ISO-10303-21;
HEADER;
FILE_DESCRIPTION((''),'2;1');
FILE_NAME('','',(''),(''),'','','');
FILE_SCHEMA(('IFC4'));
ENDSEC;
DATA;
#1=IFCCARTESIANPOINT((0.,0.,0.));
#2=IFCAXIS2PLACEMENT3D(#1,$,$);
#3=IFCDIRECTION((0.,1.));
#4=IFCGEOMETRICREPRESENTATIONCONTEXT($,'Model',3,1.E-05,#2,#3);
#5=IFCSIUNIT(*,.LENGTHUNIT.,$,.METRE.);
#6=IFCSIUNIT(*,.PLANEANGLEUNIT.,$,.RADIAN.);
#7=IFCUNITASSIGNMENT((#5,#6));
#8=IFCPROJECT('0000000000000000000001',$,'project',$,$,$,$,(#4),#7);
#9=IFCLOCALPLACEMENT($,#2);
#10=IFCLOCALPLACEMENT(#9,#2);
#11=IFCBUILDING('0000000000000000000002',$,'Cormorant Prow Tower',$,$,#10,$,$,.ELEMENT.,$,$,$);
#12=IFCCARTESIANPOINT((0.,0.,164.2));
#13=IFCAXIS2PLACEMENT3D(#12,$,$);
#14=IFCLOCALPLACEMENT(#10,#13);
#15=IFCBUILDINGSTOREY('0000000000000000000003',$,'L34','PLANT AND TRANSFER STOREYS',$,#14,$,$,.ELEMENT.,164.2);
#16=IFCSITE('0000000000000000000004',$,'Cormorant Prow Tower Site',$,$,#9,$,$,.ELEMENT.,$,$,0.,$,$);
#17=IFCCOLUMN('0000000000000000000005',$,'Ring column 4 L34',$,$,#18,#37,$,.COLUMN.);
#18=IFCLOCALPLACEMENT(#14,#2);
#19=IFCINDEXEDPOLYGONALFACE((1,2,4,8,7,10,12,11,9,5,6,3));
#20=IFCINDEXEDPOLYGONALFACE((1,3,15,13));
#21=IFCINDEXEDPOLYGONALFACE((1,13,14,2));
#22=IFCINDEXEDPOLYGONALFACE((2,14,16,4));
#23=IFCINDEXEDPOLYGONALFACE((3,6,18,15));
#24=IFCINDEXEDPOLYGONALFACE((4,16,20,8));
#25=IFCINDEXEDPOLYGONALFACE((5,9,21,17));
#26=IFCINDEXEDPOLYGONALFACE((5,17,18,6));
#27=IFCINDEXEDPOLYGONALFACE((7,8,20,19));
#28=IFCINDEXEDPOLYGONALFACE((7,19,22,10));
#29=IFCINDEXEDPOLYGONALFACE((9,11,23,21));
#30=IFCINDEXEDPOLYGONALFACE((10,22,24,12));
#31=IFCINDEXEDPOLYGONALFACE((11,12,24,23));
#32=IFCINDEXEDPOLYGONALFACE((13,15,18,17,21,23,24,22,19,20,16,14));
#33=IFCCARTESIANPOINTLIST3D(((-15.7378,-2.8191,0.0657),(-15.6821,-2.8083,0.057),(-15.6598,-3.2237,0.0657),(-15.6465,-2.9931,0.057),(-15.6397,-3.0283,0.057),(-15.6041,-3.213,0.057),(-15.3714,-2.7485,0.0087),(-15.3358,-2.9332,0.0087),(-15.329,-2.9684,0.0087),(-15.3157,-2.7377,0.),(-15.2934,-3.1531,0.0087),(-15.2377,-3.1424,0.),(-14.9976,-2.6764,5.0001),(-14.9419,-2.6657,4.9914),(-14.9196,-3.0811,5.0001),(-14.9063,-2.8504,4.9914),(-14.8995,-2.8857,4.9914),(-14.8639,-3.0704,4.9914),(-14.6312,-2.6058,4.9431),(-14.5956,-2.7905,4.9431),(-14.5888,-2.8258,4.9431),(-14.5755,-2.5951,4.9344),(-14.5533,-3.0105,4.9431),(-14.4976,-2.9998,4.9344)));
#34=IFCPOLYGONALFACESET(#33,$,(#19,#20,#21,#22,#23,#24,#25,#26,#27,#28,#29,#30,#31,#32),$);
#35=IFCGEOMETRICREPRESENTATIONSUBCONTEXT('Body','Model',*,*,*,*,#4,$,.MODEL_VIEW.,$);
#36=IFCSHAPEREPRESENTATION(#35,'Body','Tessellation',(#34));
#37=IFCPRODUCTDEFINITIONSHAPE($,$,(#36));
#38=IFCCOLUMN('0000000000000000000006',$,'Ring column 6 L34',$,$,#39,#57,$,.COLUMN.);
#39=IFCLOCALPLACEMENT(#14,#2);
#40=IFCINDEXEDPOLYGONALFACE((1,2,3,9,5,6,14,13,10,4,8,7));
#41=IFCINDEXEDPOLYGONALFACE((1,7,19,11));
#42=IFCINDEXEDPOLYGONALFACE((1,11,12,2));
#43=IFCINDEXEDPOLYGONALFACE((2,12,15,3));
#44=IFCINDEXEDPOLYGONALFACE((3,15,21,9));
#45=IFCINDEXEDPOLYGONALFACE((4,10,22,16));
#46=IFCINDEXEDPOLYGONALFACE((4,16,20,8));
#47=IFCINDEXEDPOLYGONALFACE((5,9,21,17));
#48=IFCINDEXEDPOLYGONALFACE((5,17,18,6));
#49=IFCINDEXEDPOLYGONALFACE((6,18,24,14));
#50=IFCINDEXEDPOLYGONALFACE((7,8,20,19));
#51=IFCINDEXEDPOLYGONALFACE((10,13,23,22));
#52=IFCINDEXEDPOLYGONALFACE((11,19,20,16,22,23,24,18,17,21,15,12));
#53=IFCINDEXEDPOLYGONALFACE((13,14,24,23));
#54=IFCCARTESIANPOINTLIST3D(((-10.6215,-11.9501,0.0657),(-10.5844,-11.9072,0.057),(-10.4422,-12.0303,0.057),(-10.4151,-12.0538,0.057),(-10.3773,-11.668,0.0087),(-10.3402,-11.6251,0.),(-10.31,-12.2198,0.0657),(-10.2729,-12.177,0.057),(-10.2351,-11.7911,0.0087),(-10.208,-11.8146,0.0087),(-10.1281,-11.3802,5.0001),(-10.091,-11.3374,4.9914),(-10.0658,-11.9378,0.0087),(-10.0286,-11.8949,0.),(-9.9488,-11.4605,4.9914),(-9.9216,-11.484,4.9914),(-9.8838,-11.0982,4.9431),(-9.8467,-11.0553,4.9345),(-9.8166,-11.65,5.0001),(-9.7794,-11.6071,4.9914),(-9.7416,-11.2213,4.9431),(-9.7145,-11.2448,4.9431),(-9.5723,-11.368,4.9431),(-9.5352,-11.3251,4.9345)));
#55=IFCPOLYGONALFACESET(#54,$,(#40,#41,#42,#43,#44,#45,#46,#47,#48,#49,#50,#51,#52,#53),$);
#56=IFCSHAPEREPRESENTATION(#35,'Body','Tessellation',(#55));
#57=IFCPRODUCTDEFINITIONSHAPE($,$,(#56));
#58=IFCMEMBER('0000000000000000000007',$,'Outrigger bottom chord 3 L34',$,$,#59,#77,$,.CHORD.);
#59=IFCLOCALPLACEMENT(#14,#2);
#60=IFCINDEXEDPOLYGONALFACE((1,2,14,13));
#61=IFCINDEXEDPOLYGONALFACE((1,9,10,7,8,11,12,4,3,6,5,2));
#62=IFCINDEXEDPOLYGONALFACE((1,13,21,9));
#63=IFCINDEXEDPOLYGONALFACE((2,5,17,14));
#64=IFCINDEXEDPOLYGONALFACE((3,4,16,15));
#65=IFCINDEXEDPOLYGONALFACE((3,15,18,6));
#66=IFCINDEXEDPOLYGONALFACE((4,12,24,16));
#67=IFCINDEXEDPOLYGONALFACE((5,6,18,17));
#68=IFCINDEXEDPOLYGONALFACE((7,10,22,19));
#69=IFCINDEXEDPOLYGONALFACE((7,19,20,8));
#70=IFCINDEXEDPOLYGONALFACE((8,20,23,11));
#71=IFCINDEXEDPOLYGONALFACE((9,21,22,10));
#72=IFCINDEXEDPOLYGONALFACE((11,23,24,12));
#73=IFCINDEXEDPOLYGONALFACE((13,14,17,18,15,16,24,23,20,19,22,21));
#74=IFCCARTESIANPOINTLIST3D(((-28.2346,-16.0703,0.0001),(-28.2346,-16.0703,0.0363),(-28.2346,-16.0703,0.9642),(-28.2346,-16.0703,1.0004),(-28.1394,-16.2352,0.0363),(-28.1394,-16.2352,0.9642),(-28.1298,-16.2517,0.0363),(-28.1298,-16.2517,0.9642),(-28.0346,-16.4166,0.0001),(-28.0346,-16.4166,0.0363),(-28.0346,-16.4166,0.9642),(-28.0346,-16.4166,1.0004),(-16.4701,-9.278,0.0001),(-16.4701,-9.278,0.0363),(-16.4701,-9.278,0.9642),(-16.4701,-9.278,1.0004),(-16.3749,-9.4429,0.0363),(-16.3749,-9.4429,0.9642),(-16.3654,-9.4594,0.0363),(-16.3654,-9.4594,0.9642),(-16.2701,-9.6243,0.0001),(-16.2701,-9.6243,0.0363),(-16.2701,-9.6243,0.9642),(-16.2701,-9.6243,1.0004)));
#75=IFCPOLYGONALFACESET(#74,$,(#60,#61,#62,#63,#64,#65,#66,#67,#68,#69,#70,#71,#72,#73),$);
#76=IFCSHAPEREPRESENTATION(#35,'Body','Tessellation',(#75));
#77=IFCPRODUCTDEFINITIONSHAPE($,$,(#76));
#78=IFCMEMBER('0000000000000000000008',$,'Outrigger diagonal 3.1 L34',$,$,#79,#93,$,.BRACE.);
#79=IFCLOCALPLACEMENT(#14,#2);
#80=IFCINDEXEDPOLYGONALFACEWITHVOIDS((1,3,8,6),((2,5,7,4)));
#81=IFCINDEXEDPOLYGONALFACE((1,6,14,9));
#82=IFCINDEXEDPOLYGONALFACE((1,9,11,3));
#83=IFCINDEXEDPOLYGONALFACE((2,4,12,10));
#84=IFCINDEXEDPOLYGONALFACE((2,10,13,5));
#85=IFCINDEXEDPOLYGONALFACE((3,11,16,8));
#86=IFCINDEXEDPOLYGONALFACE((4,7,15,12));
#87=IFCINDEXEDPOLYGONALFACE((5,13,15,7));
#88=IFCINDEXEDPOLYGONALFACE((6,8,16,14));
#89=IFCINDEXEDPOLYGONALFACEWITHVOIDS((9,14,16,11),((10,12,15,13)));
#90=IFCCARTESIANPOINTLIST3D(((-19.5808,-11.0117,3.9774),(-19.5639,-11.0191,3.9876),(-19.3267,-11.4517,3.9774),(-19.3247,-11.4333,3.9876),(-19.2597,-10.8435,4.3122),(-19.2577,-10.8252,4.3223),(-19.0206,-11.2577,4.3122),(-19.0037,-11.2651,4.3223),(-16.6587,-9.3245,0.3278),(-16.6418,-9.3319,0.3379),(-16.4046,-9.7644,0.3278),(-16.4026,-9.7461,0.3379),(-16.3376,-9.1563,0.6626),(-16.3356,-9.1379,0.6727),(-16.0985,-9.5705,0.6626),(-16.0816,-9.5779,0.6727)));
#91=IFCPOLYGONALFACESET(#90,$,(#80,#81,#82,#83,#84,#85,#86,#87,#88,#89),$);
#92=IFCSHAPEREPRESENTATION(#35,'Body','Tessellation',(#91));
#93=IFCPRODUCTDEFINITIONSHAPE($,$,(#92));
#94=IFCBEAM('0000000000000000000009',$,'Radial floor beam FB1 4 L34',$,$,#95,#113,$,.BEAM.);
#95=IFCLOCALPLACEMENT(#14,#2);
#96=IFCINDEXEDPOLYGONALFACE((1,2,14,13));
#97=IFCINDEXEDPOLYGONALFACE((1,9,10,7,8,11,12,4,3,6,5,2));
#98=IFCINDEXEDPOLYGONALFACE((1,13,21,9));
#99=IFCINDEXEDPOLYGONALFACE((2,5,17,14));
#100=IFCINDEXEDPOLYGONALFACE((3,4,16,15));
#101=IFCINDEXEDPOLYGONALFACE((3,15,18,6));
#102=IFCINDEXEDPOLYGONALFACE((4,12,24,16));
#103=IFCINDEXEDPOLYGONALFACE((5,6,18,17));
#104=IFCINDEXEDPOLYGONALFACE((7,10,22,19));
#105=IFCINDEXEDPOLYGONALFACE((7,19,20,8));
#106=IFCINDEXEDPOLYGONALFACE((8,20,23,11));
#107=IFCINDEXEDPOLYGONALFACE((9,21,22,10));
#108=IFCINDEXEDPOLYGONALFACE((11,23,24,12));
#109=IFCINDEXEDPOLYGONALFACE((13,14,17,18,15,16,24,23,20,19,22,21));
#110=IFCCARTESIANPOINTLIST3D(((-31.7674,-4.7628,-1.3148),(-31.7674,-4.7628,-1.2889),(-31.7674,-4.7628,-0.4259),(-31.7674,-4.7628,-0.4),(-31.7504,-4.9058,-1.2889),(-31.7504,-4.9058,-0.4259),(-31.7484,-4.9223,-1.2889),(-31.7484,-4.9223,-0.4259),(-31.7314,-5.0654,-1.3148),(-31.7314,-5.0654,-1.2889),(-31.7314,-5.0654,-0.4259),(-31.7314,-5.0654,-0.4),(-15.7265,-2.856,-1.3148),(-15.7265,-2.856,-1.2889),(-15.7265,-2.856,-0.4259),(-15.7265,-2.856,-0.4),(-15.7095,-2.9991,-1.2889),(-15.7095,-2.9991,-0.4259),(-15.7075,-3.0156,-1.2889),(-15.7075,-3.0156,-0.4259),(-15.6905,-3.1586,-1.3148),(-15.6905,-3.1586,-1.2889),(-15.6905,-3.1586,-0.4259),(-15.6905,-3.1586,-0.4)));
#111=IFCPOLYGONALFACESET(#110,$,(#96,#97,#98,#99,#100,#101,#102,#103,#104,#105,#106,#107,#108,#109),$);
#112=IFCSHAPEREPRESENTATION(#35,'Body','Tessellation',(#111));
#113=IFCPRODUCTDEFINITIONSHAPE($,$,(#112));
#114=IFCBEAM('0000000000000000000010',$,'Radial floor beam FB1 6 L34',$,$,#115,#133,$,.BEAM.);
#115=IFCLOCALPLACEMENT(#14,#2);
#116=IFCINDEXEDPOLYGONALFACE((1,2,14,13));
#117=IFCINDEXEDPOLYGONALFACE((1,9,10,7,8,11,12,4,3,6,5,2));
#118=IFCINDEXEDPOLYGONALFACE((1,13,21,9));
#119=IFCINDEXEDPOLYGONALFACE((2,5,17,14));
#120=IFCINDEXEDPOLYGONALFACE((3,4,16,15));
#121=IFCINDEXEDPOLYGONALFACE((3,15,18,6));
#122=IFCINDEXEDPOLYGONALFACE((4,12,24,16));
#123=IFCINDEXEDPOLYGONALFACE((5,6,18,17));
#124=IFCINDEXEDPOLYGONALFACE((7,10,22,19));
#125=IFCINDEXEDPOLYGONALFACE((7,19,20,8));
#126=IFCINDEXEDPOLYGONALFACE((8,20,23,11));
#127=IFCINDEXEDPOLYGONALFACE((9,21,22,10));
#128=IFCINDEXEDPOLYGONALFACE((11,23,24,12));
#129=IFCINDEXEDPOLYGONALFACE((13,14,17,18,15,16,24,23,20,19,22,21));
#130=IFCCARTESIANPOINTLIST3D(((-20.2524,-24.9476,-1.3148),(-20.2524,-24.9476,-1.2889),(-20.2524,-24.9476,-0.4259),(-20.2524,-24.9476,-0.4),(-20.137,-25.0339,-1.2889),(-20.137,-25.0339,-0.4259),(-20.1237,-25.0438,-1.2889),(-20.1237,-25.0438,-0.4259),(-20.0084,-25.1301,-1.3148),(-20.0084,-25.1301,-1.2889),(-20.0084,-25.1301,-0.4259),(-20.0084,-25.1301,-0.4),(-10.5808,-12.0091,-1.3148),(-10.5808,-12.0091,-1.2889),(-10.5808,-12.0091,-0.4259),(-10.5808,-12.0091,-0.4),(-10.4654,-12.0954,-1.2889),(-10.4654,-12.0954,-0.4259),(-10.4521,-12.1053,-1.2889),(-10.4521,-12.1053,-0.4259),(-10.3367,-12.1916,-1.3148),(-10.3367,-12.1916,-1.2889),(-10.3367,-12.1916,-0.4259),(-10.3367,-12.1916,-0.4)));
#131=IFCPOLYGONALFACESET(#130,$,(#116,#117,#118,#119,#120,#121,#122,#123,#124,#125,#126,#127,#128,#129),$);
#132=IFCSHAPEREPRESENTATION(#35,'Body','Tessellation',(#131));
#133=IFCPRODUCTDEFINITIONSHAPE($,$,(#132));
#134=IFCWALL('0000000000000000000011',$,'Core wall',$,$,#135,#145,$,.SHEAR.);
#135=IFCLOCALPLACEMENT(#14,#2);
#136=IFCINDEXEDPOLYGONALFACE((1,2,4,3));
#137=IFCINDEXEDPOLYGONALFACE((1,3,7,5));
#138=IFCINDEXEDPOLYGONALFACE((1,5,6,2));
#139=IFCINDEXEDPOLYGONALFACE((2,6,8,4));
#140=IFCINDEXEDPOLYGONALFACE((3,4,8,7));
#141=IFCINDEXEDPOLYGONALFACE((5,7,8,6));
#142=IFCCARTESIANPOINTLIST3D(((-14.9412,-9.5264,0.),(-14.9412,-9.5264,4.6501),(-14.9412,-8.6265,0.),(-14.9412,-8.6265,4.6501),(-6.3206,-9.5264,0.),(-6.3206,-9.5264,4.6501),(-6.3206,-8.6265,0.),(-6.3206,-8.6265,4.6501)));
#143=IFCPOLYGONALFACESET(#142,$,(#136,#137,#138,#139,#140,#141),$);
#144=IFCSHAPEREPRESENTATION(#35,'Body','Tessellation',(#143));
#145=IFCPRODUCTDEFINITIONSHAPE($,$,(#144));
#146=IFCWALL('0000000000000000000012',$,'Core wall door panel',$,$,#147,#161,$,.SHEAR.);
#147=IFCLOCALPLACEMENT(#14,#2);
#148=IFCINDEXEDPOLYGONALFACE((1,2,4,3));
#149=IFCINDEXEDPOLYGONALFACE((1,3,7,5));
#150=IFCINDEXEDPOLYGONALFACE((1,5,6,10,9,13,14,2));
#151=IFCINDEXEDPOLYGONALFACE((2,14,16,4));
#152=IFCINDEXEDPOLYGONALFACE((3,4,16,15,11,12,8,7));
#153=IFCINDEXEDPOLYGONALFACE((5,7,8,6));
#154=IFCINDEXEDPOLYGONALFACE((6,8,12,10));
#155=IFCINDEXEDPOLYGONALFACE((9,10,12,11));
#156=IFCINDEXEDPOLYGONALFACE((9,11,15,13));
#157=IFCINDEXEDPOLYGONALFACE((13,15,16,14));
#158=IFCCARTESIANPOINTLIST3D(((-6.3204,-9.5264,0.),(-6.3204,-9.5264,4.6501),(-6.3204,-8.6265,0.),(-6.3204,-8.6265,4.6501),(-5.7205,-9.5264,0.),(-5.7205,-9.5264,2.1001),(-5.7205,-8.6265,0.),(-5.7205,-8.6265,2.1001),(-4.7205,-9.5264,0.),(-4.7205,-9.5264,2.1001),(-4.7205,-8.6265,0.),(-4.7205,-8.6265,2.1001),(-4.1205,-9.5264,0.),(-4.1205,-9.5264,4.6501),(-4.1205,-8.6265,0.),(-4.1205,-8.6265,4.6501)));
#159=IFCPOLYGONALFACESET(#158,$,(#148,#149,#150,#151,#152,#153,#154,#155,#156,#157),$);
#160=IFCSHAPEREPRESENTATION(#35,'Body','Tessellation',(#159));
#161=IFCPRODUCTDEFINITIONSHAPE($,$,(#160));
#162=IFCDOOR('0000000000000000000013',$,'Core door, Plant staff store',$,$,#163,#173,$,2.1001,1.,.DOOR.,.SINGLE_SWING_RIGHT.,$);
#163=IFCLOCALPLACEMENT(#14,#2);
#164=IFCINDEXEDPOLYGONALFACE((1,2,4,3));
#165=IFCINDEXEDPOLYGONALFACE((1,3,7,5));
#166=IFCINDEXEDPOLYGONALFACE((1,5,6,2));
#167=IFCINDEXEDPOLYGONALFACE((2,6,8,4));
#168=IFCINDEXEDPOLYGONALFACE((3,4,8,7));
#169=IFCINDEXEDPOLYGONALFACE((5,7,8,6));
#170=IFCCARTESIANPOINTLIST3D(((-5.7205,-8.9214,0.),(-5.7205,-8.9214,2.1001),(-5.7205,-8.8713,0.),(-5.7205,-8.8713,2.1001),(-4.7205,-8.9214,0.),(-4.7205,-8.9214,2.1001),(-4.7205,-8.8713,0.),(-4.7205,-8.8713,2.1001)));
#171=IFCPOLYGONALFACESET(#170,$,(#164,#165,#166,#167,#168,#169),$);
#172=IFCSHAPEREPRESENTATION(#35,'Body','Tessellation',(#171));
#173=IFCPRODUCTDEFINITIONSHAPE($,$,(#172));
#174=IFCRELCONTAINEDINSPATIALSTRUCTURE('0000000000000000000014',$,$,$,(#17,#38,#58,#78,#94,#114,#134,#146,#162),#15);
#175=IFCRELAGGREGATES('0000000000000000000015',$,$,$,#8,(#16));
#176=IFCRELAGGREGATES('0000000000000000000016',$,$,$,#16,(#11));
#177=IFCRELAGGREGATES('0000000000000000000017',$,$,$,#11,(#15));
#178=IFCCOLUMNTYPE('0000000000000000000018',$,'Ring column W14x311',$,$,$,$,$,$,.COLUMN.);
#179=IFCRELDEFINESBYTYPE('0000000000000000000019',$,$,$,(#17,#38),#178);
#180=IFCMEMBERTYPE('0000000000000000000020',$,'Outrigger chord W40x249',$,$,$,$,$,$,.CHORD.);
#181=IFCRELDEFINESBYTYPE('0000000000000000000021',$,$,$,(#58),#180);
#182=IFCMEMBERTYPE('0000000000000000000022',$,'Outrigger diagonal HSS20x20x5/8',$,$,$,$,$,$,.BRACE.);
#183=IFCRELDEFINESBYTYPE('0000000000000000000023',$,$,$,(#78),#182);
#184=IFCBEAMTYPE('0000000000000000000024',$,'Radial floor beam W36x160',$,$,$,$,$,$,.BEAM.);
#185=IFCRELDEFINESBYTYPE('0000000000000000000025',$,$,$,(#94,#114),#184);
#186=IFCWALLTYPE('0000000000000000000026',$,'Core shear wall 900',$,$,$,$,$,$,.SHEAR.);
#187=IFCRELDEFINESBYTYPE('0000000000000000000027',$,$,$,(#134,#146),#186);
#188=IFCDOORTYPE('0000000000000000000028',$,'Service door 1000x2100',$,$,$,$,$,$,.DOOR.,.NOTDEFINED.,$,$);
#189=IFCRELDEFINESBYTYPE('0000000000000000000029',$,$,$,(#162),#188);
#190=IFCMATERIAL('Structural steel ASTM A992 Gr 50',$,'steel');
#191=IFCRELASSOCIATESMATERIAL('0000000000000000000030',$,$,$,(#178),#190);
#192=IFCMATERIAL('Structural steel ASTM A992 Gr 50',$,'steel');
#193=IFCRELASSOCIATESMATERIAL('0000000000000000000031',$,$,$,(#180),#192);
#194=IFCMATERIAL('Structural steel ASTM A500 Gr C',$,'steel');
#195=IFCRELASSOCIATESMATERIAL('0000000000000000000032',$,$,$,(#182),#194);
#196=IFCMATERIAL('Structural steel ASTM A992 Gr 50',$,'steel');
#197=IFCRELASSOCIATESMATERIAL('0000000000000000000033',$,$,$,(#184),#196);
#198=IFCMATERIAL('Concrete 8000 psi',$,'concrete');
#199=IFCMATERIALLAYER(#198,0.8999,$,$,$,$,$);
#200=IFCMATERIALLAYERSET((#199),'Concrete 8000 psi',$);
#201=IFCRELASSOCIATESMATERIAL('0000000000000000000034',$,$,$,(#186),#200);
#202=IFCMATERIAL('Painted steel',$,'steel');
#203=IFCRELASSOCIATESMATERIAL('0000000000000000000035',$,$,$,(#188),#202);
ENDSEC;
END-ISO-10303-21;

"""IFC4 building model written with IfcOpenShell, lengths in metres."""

from ifc_helpers import new_model, si_unit, direction, frame, frame_2d, origin, origin_2d, place, context, subcontext, project, spatial, rectangle, hollow_rectangle, i_section, extrude, material, layer, layer_set, material_profile, profile_set, type_object, element, fill, save


model = new_model("IFC4")

# Units and contexts
model_context = context("Model", 3, precision=1e-05, world=origin(), true_north=direction((0.0, 1.0)))
body_context = subcontext(model_context, "Body", "Model", "MODEL_VIEW")
ifc_project = project(units=[si_unit("LENGTHUNIT", "METRE"), si_unit("PLANEANGLEUNIT", "RADIAN")], contexts=[model_context])

# Site, building, storey
site_placement = place(None, origin())
site = spatial("IfcSite", under=ifc_project, at=site_placement, Name="Cormorant Prow Tower Site", CompositionType="ELEMENT", RefElevation=0.0)
building_placement = place(site_placement, origin())
building = spatial("IfcBuilding", under=site, at=building_placement, Name="Cormorant Prow Tower", CompositionType="ELEMENT")
storey_placement = place(building_placement, frame((0.0, 0.0, 164.2)))
storey = spatial("IfcBuildingStorey", under=building, at=storey_placement, Name="L34", Description="PLANT AND TRANSFER STOREYS", CompositionType="ELEMENT", Elevation=164.2)

# Columns
ifc_material_1 = material(Name="Structural steel ASTM A992 Gr 50", Category="steel")
ifc_material_profile_1 = material_profile(ifc_material_1, i_section(OverallWidth=0.4121, OverallDepth=0.4348, WebThickness=0.0359, FlangeThickness=0.0574, at=origin_2d()), Name="W14x311")
ifc_profile_set_1 = profile_set([ifc_material_profile_1], Name="Structural steel ASTM A992 Gr 50")
column_type = type_object("IfcColumnType", Name="Ring column W14x311", PredefinedType="COLUMN", material=ifc_profile_set_1)
for number, where, z_axis, x_axis, name in (
    (1, (-15.4927, -2.9817, 0.0), (0.14828, 0.028575, 0.988533), (-0.189227, 0.981933, 0.0), "Ring column 4 L34"),
    (2, (-10.3284, -11.9263, 0.0), (0.098853, 0.114154, 0.988533), (-0.755953, 0.654626, 0.0), "Ring column 6 L34"),
):
    element("IfcColumn", number, at=place(storey_placement, frame(where, z_axis=z_axis, x_axis=x_axis)), inside=storey, type_object=column_type, Name=name, PredefinedType="COLUMN", context=body_context, shape_type="SweptSolid", body=[
        extrude(i_section(OverallWidth=0.4121, OverallDepth=0.4348, WebThickness=0.0359, FlangeThickness=0.0574, at=origin_2d()), frame((0.0, 0.0, 0.0332)), (0.0, 0.0, 1.0), 4.9917),
    ])

# Members
ifc_material_2 = material(Name="Structural steel ASTM A992 Gr 50", Category="steel")
ifc_material_profile_2 = material_profile(ifc_material_2, i_section(OverallWidth=0.3999, OverallDepth=1.0002, WebThickness=0.019, FlangeThickness=0.0361, at=origin_2d()), Name="W40x249")
ifc_profile_set_2 = profile_set([ifc_material_profile_2], Name="Structural steel ASTM A992 Gr 50")
member_type_1 = type_object("IfcMemberType", Name="Outrigger chord W40x249", PredefinedType="CHORD", material=ifc_profile_set_2)
member_1_placement = place(storey_placement, frame((-16.3701, -9.4512, 0.5002), z_axis=(-0.866024, -0.500003, 0.0), x_axis=(0.500003, -0.866024, 0.0)))
element("IfcMember", 3, at=member_1_placement, inside=storey, type_object=member_type_1, Name="Outrigger bottom chord 3 L34", PredefinedType="CHORD", context=body_context, shape_type="SweptSolid", body=[
    extrude(i_section(OverallWidth=0.3999, OverallDepth=1.0002, WebThickness=0.019, FlangeThickness=0.0361, at=origin_2d()), origin(), (0.0, 0.0, 1.0), 13.5845),
])
ifc_material_3 = material(Name="Structural steel ASTM A500 Gr C", Category="steel")
ifc_material_profile_3 = material_profile(ifc_material_3, hollow_rectangle(XDim=0.5081, YDim=0.5081, WallThickness=0.0149, at=origin_2d()), Name="HSS20x20x5/8")
ifc_profile_set_3 = profile_set([ifc_material_profile_3], Name="Structural steel ASTM A500 Gr C")
member_type_2 = type_object("IfcMemberType", Name="Outrigger diagonal HSS20x20x5/8", PredefinedType="BRACE", material=ifc_profile_set_3)
member_2_placement = place(storey_placement, frame((-16.3701, -9.4512, 0.5002), z_axis=(-0.587895, -0.339456, 0.734268), x_axis=(0.500038, -0.866004, 0.0)))
element("IfcMember", 4, at=member_2_placement, inside=storey, type_object=member_type_2, Name="Outrigger diagonal 3.1 L34", PredefinedType="BRACE", context=body_context, shape_type="SweptSolid", body=[
    extrude(hollow_rectangle(XDim=0.5081, YDim=0.5081, WallThickness=0.0149, at=origin_2d()), origin(), (0.0, 0.0, 1.0), 4.9705),
])

# Beams
ifc_material_4 = material(Name="Structural steel ASTM A992 Gr 50", Category="steel")
ifc_material_profile_4 = material_profile(ifc_material_4, i_section(OverallWidth=0.3047, OverallDepth=0.9148, WebThickness=0.0166, FlangeThickness=0.0259, at=origin_2d()), Name="W36x160")
ifc_profile_set_4 = profile_set([ifc_material_profile_4], Name="Structural steel ASTM A992 Gr 50")
beam_type = type_object("IfcBeamType", Name="Radial floor beam W36x160", PredefinedType="BEAM", material=ifc_profile_set_4)
for number, where, z_axis, x_axis, name in (
    (5, (-15.7085, -3.0073, -0.8574), (-0.993009, -0.118037, 0.0), (0.118037, -0.993009, 0.0), "Radial floor beam FB1 4 L34"),
    (6, (-10.4587, -12.1003, -0.8574), (-0.598722, -0.800957, 0.0), (0.800957, -0.598722, 0.0), "Radial floor beam FB1 6 L34"),
):
    element("IfcBeam", number, at=place(storey_placement, frame(where, z_axis=z_axis, x_axis=x_axis)), inside=storey, type_object=beam_type, Name=name, PredefinedType="BEAM", context=body_context, shape_type="SweptSolid", body=[
        extrude(i_section(OverallWidth=0.3047, OverallDepth=0.9148, WebThickness=0.0166, FlangeThickness=0.0259, at=origin_2d()), origin(), (0.0, 0.0, 1.0), 16.1538),
    ])

# Wall
ifc_material_5 = material(Name="Concrete 8000 psi", Category="concrete")
ifc_layer_1 = layer(ifc_material_5, 0.8999)
ifc_layer_set_1 = layer_set([ifc_layer_1], Name="Concrete 8000 psi")
wall_type_1 = type_object("IfcWallType", Name="Core shear wall 900", PredefinedType="SHEAR", material=ifc_layer_set_1)
wall_1_placement = place(storey_placement, frame((-14.9412, -9.0764, 0.0), z_axis=(0.0, 0.0, 1.0), x_axis=(1.0, 0.0, 0.0)))
element("IfcWall", 7, at=wall_1_placement, inside=storey, type_object=wall_type_1, Name="Core wall", PredefinedType="SHEAR", context=body_context, shape_type="SweptSolid", body=[
    extrude(rectangle(XDim=8.6206, YDim=0.8999, at=frame_2d((4.3103, 0.0))), origin(), (0.0, 0.0, 1.0), 4.6501),
])

# Wall, opening, door
wall_2_placement = place(storey_placement, frame((-6.3206, -9.0764, 0.0), z_axis=(0.0, 0.0, 1.0), x_axis=(1.0, 0.0, 0.0)))
wall_2 = element("IfcWall", 8, at=wall_2_placement, inside=storey, type_object=wall_type_1, Name="Core wall door panel", PredefinedType="SHEAR", context=body_context, shape_type="SweptSolid", body=[
    extrude(rectangle(XDim=2.2, YDim=0.8999, at=frame_2d((1.1001, 0.0))), origin(), (0.0, 0.0, 1.0), 4.6501),
])
opening_1_placement = place(wall_2_placement, frame((0.6001, 0.0, 0.0)))
opening_1 = element("IfcOpeningElement", 9, at=opening_1_placement, cuts=wall_2, PredefinedType="OPENING", context=body_context, shape_type="SweptSolid", body=[
    extrude(rectangle(XDim=1.0, YDim=2.1001, at=frame_2d((0.5, 1.05))), frame((0.0, 0.46, 0.0), z_axis=(0.0, -1.0, 0.0), x_axis=(1.0, 0.0, 0.0)), (0.0, 0.0, 1.0), 0.9199),
])
ifc_material_6 = material(Name="Painted steel", Category="steel")
door_type_1 = type_object("IfcDoorType", Name="Service door 1000x2100", OperationType="NOTDEFINED", PredefinedType="DOOR", material=ifc_material_6)
door_1_placement = place(opening_1_placement, origin())
door_1 = element("IfcDoor", 10, at=door_1_placement, inside=storey, type_object=door_type_1, Name="Core door, Plant staff store", OperationType="SINGLE_SWING_RIGHT", OverallHeight=2.1001, OverallWidth=1.0, PredefinedType="DOOR", context=body_context, shape_type="SweptSolid", body=[
    extrude(rectangle(XDim=1.0, YDim=2.1001, at=frame_2d((0.5, 1.05))), frame((0.0, 0.2051, 0.0), z_axis=(0.0, -1.0, 0.0), x_axis=(1.0, 0.0, 0.0)), (0.0, 0.0, 1.0), 0.05),
])
fill(opening_1, door_1)

save(model, "model.ifc")
